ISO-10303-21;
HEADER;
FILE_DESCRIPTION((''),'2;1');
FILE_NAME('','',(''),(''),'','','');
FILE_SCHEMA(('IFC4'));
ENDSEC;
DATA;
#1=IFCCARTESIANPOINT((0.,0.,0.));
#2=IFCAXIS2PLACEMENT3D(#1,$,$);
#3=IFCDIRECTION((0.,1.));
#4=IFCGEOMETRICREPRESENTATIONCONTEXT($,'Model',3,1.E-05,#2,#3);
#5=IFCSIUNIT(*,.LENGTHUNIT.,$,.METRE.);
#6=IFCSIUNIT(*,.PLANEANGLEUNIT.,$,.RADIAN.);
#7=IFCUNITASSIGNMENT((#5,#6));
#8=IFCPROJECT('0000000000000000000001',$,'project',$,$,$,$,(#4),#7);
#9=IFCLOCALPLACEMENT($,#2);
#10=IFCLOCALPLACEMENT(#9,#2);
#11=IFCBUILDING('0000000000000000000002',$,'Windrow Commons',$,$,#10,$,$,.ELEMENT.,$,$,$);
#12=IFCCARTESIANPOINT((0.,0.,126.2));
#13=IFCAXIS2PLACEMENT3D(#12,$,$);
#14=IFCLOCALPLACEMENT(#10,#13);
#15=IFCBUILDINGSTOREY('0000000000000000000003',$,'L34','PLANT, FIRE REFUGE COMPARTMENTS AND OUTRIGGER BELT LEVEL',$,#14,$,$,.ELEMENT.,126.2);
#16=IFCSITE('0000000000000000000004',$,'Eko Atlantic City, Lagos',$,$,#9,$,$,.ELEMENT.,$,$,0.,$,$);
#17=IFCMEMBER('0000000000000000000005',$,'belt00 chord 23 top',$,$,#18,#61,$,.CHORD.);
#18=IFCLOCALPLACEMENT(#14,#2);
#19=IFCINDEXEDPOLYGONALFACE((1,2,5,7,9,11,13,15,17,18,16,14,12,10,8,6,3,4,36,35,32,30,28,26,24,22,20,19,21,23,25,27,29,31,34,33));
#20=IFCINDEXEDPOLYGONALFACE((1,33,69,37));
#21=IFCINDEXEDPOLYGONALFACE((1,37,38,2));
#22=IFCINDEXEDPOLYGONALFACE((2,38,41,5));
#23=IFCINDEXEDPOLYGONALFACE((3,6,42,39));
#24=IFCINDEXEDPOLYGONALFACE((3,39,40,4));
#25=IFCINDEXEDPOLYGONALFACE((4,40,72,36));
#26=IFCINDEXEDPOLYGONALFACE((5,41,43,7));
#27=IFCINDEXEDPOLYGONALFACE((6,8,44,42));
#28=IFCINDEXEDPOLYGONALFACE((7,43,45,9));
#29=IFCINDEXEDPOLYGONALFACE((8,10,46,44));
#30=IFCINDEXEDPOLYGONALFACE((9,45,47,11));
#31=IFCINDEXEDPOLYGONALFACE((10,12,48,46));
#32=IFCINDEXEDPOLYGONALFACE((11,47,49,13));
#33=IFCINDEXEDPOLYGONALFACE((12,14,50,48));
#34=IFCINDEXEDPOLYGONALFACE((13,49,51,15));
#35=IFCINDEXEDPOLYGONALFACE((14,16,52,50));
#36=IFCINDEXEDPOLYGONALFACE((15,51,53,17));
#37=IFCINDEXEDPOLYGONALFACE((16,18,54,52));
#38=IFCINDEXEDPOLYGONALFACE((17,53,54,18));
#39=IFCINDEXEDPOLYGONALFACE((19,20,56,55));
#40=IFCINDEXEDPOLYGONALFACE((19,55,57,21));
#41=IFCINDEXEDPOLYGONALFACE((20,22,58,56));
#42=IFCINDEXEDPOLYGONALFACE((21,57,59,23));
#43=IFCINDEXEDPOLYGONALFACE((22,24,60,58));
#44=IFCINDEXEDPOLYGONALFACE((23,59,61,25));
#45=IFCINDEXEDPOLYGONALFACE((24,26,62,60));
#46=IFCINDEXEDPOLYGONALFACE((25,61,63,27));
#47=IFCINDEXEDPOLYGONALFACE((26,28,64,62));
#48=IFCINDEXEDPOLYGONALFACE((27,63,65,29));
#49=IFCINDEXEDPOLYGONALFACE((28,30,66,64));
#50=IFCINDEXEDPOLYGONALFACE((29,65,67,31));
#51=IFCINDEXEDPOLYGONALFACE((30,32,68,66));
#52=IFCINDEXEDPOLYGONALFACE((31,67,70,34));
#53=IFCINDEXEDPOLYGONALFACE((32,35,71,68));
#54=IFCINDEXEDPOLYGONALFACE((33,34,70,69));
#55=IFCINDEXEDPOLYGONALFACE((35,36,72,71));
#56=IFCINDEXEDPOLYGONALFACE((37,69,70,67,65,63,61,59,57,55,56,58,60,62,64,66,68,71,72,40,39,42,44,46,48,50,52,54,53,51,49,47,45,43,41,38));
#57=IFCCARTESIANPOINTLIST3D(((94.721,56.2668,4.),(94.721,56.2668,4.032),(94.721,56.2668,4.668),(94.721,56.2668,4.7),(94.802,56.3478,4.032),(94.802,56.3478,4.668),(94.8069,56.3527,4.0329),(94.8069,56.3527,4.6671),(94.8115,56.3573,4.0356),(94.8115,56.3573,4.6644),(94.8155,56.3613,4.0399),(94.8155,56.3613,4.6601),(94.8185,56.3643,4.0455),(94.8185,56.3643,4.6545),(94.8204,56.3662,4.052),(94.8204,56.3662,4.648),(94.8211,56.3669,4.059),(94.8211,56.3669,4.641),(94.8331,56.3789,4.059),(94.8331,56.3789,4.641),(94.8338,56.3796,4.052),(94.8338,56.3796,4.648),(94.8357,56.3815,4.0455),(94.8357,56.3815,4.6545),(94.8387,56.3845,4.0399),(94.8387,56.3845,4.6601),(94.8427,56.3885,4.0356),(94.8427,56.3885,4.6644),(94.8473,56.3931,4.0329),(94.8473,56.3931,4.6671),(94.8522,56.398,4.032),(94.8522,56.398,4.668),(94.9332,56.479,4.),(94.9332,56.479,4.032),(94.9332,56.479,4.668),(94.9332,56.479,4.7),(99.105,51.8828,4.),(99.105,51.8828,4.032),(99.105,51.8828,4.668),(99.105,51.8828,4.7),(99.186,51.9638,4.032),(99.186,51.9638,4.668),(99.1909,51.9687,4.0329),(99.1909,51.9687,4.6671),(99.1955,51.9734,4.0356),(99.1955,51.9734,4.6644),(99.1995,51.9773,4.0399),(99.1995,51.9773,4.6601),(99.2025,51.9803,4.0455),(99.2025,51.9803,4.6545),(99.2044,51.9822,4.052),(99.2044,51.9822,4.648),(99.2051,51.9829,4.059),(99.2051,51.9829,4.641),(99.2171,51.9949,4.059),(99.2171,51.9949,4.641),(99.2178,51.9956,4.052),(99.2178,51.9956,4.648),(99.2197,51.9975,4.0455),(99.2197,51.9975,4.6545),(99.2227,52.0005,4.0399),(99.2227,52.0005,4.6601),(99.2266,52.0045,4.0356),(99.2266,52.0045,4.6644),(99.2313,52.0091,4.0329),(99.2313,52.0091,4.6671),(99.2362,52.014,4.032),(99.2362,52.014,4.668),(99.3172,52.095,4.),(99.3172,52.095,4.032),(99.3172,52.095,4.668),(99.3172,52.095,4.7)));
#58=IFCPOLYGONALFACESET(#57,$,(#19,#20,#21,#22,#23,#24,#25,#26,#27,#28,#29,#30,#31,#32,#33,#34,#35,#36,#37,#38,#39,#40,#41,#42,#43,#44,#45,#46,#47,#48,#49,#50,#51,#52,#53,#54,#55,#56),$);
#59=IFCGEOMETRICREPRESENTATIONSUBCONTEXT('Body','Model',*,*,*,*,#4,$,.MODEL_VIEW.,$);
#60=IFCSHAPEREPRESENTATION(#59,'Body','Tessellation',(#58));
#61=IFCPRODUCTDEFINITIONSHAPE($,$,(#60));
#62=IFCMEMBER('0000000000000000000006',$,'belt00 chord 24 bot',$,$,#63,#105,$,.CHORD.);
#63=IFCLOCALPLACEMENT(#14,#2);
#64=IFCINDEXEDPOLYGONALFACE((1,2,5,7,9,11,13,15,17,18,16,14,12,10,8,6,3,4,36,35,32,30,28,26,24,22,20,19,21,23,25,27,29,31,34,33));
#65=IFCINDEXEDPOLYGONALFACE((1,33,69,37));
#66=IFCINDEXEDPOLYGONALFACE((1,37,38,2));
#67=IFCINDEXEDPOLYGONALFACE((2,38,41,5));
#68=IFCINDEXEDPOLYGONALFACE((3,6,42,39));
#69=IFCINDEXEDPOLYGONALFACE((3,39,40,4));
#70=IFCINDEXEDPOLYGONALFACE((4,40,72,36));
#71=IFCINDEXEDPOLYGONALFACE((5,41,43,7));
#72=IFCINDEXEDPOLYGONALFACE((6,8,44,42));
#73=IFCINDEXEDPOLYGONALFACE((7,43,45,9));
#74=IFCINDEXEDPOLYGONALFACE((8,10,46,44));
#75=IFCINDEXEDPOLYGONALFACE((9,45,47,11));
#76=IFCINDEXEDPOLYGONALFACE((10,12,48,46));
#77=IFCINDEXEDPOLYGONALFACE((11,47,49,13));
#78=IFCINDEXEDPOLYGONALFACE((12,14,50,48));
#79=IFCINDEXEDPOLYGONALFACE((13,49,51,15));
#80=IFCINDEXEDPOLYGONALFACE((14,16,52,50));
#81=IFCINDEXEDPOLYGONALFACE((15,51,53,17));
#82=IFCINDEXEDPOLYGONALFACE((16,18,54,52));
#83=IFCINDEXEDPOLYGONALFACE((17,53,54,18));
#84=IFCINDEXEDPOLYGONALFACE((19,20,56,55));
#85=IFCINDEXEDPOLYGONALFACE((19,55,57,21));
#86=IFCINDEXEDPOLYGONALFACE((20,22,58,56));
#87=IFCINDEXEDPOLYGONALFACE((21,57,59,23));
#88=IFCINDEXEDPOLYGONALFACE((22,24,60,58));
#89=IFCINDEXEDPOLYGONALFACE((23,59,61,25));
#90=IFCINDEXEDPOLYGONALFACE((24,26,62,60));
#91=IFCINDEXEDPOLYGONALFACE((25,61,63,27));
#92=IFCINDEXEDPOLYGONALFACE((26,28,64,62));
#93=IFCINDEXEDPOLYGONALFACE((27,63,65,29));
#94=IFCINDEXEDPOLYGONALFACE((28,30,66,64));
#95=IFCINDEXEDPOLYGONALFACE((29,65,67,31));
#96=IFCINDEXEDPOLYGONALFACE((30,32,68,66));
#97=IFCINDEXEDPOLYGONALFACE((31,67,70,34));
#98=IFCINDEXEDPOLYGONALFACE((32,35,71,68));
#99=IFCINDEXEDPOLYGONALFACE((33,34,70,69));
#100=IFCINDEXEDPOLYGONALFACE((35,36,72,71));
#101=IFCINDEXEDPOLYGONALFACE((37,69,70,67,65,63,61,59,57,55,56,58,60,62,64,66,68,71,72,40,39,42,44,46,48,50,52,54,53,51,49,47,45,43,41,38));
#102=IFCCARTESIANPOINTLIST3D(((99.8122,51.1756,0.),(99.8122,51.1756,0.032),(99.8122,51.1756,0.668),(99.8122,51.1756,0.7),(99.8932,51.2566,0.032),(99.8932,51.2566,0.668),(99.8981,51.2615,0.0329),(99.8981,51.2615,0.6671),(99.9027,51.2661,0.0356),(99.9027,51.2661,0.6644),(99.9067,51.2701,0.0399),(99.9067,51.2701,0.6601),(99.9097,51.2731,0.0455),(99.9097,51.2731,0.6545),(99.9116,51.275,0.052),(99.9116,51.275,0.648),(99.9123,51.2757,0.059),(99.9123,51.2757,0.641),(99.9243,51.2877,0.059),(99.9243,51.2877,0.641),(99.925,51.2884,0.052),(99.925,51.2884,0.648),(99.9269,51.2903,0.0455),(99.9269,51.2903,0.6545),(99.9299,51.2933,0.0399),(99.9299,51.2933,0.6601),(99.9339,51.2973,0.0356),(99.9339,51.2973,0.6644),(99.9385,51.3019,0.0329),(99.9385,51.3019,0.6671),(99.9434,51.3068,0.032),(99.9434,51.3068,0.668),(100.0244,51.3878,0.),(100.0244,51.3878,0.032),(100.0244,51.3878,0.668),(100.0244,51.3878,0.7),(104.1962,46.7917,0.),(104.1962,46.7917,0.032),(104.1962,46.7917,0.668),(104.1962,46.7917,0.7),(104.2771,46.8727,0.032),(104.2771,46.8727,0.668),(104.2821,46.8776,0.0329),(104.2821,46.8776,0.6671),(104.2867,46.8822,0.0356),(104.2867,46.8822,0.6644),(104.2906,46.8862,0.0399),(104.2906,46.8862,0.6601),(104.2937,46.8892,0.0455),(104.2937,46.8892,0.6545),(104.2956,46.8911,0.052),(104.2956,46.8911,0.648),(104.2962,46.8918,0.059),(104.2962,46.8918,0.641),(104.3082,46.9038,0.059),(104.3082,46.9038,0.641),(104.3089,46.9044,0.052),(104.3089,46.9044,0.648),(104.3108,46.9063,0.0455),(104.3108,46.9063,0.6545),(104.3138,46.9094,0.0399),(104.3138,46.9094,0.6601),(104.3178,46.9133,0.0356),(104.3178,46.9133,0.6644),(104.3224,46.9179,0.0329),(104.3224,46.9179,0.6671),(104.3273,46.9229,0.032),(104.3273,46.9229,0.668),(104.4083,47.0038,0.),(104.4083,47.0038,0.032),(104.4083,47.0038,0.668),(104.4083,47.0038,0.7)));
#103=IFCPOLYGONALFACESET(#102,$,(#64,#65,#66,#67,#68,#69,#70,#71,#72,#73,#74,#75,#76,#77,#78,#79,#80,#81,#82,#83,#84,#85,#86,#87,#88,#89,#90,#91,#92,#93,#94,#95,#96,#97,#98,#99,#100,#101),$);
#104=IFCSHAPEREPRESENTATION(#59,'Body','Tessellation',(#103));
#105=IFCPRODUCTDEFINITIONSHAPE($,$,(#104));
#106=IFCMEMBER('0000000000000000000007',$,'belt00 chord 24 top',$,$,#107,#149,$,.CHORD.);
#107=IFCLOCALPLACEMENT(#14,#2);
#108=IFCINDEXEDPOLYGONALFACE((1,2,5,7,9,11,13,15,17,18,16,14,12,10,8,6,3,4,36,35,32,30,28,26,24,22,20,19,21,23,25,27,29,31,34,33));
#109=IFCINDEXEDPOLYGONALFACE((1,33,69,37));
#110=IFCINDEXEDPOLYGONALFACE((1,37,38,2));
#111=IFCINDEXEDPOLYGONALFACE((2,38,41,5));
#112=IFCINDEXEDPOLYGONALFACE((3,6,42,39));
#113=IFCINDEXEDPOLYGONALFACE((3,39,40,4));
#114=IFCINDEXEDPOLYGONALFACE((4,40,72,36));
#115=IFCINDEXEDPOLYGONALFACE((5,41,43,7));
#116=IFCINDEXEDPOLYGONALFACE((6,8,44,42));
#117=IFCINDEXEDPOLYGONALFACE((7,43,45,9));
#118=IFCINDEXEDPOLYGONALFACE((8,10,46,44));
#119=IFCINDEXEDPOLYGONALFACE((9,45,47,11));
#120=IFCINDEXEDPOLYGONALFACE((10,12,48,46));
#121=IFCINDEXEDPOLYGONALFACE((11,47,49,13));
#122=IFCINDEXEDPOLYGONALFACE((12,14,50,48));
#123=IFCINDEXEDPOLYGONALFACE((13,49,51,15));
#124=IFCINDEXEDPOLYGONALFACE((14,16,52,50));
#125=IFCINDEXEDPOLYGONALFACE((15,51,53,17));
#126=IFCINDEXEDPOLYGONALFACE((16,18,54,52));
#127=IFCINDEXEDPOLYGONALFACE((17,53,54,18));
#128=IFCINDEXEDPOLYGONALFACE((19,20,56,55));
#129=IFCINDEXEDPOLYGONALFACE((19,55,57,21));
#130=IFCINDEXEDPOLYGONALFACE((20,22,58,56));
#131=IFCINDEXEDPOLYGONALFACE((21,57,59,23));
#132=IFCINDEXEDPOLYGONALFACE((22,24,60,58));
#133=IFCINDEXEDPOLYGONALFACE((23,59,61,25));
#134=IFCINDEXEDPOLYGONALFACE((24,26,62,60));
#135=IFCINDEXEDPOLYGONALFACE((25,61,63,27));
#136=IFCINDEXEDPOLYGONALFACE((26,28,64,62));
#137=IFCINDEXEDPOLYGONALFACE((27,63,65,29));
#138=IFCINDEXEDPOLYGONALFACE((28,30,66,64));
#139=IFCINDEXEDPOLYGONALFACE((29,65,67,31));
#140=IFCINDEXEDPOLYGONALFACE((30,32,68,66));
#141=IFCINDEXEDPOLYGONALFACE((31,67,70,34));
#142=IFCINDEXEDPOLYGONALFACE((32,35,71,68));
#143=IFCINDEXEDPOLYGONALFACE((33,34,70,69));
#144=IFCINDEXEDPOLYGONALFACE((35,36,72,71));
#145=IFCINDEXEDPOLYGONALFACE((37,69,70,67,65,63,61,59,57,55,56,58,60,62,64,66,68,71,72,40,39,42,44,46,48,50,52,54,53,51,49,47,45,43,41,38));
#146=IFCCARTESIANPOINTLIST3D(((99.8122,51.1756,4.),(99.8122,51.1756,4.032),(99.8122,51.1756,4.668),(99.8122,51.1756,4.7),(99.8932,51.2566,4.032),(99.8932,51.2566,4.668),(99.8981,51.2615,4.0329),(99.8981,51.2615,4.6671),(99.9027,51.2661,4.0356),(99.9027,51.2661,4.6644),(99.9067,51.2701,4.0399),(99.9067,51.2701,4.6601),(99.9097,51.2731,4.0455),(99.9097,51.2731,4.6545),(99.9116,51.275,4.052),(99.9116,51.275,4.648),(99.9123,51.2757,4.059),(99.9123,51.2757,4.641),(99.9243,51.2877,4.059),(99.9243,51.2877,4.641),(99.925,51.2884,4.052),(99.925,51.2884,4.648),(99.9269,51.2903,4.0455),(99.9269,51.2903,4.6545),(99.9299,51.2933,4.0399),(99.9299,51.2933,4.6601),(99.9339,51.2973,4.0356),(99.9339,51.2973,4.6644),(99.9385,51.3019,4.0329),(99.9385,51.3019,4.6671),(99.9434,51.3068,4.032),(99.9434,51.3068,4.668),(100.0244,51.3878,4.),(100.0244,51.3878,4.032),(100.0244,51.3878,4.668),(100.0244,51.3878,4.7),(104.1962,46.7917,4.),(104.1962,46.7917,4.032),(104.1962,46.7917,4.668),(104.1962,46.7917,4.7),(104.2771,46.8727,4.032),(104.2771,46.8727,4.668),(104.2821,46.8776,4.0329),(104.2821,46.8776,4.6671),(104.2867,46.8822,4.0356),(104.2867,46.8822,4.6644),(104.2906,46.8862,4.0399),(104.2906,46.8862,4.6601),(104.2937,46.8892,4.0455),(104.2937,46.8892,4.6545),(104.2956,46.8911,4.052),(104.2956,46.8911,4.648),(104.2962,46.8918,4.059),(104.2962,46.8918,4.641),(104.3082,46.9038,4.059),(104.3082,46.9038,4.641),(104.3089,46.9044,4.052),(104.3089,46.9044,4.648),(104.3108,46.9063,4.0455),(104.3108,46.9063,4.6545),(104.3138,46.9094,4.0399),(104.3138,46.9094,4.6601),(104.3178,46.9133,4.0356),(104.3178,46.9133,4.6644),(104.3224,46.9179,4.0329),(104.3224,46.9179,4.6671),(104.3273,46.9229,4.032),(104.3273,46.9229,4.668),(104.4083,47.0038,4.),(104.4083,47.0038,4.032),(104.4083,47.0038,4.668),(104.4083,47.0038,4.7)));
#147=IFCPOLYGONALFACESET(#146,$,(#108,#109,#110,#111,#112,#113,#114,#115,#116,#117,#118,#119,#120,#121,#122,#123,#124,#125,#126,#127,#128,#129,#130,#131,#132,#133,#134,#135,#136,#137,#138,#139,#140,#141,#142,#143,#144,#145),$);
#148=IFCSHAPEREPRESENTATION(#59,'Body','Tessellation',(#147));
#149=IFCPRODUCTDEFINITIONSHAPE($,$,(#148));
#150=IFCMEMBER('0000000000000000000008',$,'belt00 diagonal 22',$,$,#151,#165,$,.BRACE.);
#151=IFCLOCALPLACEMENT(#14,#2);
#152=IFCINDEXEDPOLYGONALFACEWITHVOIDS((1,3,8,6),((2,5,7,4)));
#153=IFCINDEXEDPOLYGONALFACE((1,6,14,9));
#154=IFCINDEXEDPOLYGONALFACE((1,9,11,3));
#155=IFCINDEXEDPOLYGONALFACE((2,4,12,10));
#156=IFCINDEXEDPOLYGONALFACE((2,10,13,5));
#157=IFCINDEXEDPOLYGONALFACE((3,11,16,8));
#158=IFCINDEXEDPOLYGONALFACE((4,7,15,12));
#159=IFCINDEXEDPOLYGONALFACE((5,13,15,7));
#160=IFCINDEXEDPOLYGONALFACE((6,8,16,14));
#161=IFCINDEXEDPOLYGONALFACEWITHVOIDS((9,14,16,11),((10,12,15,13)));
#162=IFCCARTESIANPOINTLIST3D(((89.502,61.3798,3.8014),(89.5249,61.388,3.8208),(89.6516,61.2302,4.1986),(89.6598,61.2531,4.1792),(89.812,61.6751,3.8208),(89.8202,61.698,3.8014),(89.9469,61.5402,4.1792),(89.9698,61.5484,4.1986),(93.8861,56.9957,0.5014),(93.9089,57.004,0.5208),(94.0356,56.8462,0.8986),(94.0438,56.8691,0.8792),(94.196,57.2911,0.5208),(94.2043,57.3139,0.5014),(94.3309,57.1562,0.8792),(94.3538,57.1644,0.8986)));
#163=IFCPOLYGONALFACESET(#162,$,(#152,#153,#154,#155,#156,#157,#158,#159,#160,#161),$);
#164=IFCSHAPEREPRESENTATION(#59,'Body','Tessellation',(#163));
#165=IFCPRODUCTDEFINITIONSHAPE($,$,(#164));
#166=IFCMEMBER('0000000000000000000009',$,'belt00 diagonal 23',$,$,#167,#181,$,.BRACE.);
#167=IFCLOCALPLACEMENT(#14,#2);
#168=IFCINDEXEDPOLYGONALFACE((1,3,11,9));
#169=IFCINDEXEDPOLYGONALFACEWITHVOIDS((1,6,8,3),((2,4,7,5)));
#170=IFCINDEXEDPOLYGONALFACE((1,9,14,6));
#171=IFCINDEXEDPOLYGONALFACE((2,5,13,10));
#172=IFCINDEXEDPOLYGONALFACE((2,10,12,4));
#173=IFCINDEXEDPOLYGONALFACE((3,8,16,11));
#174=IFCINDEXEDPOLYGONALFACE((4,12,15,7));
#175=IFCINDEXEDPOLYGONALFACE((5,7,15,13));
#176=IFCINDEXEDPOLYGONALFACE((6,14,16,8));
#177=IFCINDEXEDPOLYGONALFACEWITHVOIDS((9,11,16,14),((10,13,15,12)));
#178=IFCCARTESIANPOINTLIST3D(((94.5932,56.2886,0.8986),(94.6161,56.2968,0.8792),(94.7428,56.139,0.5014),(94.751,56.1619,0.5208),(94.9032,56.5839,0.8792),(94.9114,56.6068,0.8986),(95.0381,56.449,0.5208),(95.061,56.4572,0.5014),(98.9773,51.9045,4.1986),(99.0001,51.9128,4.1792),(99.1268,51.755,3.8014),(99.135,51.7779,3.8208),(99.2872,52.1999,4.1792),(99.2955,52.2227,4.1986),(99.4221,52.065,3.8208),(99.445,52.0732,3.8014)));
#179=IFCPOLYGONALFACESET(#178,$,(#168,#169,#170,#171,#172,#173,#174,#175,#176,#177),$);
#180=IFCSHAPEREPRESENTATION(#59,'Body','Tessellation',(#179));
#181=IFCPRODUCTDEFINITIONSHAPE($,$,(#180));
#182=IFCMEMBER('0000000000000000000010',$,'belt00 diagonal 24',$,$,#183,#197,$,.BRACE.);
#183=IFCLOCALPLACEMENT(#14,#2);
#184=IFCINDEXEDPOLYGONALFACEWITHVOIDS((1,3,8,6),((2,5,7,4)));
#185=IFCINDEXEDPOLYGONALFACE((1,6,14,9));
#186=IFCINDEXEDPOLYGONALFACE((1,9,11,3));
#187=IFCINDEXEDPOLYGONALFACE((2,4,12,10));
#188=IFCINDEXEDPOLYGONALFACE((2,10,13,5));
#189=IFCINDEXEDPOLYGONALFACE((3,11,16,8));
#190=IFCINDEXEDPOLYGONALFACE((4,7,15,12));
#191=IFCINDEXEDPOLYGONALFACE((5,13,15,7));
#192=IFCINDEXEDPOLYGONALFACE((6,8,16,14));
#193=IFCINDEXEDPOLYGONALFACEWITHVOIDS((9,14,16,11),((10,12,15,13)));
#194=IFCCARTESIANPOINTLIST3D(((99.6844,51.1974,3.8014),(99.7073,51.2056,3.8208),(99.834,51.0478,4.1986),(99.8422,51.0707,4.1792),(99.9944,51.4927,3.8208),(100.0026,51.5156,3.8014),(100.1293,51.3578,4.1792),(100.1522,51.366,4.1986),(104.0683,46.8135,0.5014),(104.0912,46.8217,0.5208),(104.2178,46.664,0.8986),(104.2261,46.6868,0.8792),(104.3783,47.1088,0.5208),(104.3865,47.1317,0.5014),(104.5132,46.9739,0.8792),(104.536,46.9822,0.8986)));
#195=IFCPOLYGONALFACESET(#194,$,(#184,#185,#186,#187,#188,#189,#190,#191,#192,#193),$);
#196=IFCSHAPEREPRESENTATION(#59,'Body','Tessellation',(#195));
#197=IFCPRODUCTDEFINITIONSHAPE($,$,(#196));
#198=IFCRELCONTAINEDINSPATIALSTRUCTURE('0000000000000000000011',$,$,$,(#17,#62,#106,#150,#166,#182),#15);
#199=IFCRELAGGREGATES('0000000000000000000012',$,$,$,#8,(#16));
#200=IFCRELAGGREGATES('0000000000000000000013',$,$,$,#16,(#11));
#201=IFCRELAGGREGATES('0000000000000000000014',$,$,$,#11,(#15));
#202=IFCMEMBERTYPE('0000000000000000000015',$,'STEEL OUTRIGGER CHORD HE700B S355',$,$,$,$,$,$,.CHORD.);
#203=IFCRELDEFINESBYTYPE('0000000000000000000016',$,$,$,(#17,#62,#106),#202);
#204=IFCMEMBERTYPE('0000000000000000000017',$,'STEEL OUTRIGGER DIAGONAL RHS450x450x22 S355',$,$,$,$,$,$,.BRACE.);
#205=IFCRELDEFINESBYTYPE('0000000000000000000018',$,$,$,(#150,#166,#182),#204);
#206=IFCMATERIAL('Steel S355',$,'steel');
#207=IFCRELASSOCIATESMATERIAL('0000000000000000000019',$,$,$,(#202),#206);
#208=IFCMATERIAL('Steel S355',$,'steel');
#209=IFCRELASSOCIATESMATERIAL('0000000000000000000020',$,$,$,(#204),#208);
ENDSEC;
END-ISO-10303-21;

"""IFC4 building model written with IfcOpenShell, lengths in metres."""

from ifc_helpers import new_model, si_unit, direction, frame, origin, origin_2d, place, context, subcontext, project, spatial, hollow_rectangle, i_section, extrude, material, material_profile, profile_set, type_object, element, save


model = new_model("IFC4")

# Units and contexts
model_context = context("Model", 3, precision=1e-05, world=origin(), true_north=direction((0.0, 1.0)))
body_context = subcontext(model_context, "Body", "Model", "MODEL_VIEW")
ifc_project = project(units=[si_unit("LENGTHUNIT", "METRE"), si_unit("PLANEANGLEUNIT", "RADIAN")], contexts=[model_context])

# Site, building, storey
site_placement = place(None, origin())
site = spatial("IfcSite", under=ifc_project, at=site_placement, Name="Eko Atlantic City, Lagos", CompositionType="ELEMENT", RefElevation=0.0)
building_placement = place(site_placement, origin())
building = spatial("IfcBuilding", under=site, at=building_placement, Name="Windrow Commons", CompositionType="ELEMENT")
storey_placement = place(building_placement, frame((0.0, 0.0, 126.2)))
storey = spatial("IfcBuildingStorey", under=building, at=storey_placement, Name="L34", Description="PLANT, FIRE REFUGE COMPARTMENTS AND OUTRIGGER BELT LEVEL", CompositionType="ELEMENT", Elevation=126.2)

# Members
ifc_material_1 = material(Name="Steel S355", Category="steel")
ifc_material_profile_1 = material_profile(ifc_material_1, i_section(OverallWidth=0.3, OverallDepth=0.7, WebThickness=0.017, FlangeThickness=0.032, FilletRadius=0.027, at=origin_2d()))
ifc_profile_set_1 = profile_set([ifc_material_profile_1], Name="Steel S355")
member_type_1 = type_object("IfcMemberType", Name="STEEL OUTRIGGER CHORD HE700B S355", PredefinedType="CHORD", material=ifc_profile_set_1)
for number, where, z_axis, x_axis, name in (
    (1, (94.8271, 56.3729, 4.35), (0.707107, -0.707107, 0.0), (0.707107, 0.707107, 0.0), "belt00 chord 23 top"),
):
    element("IfcMember", number, at=place(storey_placement, frame(where, z_axis=z_axis, x_axis=x_axis)), inside=storey, type_object=member_type_1, Name=name, PredefinedType="CHORD", context=body_context, shape_type="SweptSolid", body=[
        extrude(i_section(OverallWidth=0.3, OverallDepth=0.7, WebThickness=0.017, FlangeThickness=0.032, FilletRadius=0.027, at=origin_2d()), origin(), (0.0, 0.0, 1.0), 6.1999),
    ])
for number, where, z_axis, x_axis, name in (
    (2, (99.9183, 51.2817, 0.35), (0.707107, -0.707107, 0.0), (0.707107, 0.707107, 0.0), "belt00 chord 24 bot"),
    (3, (99.9183, 51.2817, 4.35), (0.707107, -0.707107, 0.0), (0.707107, 0.707107, 0.0), "belt00 chord 24 top"),
):
    element("IfcMember", number, at=place(storey_placement, frame(where, z_axis=z_axis, x_axis=x_axis)), inside=storey, type_object=member_type_1, Name=name, PredefinedType="CHORD", context=body_context, shape_type="SweptSolid", body=[
        extrude(i_section(OverallWidth=0.3, OverallDepth=0.7, WebThickness=0.017, FlangeThickness=0.032, FilletRadius=0.027, at=origin_2d()), origin(), (0.0, 0.0, 1.0), 6.1998),
    ])
ifc_material_2 = material(Name="Steel S355", Category="steel")
ifc_material_profile_2 = material_profile(ifc_material_2, hollow_rectangle(XDim=0.45, YDim=0.45, WallThickness=0.022, at=origin_2d()))
ifc_profile_set_2 = profile_set([ifc_material_profile_2], Name="Steel S355")
member_type_2 = type_object("IfcMemberType", Name="STEEL OUTRIGGER DIAGONAL RHS450x450x22 S355", PredefinedType="BRACE", material=ifc_profile_set_2)
for number, where, z_axis, x_axis, name in (
    (4, (89.7359, 61.4641, 4.0), (0.624194, -0.624194, -0.469854), (0.707107, 0.707107, 0.0), "belt00 diagonal 22"),
    (5, (94.8271, 56.3729, 0.7), (0.624194, -0.624194, 0.469854), (0.707107, 0.707107, 0.0), "belt00 diagonal 23"),
):
    element("IfcMember", number, at=place(storey_placement, frame(where, z_axis=z_axis, x_axis=x_axis)), inside=storey, type_object=member_type_2, Name=name, PredefinedType="BRACE", context=body_context, shape_type="SweptSolid", body=[
        extrude(hollow_rectangle(XDim=0.45, YDim=0.45, WallThickness=0.022, at=origin_2d()), origin(), (0.0, 0.0, 1.0), 7.0235),
    ])
member_placement = place(storey_placement, frame((99.9183, 51.2817, 4.0), z_axis=(0.624191, -0.624191, -0.469863), x_axis=(0.707107, 0.707107, 0.0)))
element("IfcMember", 6, at=member_placement, inside=storey, type_object=member_type_2, Name="belt00 diagonal 24", PredefinedType="BRACE", context=body_context, shape_type="SweptSolid", body=[
    extrude(hollow_rectangle(XDim=0.45, YDim=0.45, WallThickness=0.022, at=origin_2d()), origin(), (0.0, 0.0, 1.0), 7.0233),
])

save(model, "model.ifc")
